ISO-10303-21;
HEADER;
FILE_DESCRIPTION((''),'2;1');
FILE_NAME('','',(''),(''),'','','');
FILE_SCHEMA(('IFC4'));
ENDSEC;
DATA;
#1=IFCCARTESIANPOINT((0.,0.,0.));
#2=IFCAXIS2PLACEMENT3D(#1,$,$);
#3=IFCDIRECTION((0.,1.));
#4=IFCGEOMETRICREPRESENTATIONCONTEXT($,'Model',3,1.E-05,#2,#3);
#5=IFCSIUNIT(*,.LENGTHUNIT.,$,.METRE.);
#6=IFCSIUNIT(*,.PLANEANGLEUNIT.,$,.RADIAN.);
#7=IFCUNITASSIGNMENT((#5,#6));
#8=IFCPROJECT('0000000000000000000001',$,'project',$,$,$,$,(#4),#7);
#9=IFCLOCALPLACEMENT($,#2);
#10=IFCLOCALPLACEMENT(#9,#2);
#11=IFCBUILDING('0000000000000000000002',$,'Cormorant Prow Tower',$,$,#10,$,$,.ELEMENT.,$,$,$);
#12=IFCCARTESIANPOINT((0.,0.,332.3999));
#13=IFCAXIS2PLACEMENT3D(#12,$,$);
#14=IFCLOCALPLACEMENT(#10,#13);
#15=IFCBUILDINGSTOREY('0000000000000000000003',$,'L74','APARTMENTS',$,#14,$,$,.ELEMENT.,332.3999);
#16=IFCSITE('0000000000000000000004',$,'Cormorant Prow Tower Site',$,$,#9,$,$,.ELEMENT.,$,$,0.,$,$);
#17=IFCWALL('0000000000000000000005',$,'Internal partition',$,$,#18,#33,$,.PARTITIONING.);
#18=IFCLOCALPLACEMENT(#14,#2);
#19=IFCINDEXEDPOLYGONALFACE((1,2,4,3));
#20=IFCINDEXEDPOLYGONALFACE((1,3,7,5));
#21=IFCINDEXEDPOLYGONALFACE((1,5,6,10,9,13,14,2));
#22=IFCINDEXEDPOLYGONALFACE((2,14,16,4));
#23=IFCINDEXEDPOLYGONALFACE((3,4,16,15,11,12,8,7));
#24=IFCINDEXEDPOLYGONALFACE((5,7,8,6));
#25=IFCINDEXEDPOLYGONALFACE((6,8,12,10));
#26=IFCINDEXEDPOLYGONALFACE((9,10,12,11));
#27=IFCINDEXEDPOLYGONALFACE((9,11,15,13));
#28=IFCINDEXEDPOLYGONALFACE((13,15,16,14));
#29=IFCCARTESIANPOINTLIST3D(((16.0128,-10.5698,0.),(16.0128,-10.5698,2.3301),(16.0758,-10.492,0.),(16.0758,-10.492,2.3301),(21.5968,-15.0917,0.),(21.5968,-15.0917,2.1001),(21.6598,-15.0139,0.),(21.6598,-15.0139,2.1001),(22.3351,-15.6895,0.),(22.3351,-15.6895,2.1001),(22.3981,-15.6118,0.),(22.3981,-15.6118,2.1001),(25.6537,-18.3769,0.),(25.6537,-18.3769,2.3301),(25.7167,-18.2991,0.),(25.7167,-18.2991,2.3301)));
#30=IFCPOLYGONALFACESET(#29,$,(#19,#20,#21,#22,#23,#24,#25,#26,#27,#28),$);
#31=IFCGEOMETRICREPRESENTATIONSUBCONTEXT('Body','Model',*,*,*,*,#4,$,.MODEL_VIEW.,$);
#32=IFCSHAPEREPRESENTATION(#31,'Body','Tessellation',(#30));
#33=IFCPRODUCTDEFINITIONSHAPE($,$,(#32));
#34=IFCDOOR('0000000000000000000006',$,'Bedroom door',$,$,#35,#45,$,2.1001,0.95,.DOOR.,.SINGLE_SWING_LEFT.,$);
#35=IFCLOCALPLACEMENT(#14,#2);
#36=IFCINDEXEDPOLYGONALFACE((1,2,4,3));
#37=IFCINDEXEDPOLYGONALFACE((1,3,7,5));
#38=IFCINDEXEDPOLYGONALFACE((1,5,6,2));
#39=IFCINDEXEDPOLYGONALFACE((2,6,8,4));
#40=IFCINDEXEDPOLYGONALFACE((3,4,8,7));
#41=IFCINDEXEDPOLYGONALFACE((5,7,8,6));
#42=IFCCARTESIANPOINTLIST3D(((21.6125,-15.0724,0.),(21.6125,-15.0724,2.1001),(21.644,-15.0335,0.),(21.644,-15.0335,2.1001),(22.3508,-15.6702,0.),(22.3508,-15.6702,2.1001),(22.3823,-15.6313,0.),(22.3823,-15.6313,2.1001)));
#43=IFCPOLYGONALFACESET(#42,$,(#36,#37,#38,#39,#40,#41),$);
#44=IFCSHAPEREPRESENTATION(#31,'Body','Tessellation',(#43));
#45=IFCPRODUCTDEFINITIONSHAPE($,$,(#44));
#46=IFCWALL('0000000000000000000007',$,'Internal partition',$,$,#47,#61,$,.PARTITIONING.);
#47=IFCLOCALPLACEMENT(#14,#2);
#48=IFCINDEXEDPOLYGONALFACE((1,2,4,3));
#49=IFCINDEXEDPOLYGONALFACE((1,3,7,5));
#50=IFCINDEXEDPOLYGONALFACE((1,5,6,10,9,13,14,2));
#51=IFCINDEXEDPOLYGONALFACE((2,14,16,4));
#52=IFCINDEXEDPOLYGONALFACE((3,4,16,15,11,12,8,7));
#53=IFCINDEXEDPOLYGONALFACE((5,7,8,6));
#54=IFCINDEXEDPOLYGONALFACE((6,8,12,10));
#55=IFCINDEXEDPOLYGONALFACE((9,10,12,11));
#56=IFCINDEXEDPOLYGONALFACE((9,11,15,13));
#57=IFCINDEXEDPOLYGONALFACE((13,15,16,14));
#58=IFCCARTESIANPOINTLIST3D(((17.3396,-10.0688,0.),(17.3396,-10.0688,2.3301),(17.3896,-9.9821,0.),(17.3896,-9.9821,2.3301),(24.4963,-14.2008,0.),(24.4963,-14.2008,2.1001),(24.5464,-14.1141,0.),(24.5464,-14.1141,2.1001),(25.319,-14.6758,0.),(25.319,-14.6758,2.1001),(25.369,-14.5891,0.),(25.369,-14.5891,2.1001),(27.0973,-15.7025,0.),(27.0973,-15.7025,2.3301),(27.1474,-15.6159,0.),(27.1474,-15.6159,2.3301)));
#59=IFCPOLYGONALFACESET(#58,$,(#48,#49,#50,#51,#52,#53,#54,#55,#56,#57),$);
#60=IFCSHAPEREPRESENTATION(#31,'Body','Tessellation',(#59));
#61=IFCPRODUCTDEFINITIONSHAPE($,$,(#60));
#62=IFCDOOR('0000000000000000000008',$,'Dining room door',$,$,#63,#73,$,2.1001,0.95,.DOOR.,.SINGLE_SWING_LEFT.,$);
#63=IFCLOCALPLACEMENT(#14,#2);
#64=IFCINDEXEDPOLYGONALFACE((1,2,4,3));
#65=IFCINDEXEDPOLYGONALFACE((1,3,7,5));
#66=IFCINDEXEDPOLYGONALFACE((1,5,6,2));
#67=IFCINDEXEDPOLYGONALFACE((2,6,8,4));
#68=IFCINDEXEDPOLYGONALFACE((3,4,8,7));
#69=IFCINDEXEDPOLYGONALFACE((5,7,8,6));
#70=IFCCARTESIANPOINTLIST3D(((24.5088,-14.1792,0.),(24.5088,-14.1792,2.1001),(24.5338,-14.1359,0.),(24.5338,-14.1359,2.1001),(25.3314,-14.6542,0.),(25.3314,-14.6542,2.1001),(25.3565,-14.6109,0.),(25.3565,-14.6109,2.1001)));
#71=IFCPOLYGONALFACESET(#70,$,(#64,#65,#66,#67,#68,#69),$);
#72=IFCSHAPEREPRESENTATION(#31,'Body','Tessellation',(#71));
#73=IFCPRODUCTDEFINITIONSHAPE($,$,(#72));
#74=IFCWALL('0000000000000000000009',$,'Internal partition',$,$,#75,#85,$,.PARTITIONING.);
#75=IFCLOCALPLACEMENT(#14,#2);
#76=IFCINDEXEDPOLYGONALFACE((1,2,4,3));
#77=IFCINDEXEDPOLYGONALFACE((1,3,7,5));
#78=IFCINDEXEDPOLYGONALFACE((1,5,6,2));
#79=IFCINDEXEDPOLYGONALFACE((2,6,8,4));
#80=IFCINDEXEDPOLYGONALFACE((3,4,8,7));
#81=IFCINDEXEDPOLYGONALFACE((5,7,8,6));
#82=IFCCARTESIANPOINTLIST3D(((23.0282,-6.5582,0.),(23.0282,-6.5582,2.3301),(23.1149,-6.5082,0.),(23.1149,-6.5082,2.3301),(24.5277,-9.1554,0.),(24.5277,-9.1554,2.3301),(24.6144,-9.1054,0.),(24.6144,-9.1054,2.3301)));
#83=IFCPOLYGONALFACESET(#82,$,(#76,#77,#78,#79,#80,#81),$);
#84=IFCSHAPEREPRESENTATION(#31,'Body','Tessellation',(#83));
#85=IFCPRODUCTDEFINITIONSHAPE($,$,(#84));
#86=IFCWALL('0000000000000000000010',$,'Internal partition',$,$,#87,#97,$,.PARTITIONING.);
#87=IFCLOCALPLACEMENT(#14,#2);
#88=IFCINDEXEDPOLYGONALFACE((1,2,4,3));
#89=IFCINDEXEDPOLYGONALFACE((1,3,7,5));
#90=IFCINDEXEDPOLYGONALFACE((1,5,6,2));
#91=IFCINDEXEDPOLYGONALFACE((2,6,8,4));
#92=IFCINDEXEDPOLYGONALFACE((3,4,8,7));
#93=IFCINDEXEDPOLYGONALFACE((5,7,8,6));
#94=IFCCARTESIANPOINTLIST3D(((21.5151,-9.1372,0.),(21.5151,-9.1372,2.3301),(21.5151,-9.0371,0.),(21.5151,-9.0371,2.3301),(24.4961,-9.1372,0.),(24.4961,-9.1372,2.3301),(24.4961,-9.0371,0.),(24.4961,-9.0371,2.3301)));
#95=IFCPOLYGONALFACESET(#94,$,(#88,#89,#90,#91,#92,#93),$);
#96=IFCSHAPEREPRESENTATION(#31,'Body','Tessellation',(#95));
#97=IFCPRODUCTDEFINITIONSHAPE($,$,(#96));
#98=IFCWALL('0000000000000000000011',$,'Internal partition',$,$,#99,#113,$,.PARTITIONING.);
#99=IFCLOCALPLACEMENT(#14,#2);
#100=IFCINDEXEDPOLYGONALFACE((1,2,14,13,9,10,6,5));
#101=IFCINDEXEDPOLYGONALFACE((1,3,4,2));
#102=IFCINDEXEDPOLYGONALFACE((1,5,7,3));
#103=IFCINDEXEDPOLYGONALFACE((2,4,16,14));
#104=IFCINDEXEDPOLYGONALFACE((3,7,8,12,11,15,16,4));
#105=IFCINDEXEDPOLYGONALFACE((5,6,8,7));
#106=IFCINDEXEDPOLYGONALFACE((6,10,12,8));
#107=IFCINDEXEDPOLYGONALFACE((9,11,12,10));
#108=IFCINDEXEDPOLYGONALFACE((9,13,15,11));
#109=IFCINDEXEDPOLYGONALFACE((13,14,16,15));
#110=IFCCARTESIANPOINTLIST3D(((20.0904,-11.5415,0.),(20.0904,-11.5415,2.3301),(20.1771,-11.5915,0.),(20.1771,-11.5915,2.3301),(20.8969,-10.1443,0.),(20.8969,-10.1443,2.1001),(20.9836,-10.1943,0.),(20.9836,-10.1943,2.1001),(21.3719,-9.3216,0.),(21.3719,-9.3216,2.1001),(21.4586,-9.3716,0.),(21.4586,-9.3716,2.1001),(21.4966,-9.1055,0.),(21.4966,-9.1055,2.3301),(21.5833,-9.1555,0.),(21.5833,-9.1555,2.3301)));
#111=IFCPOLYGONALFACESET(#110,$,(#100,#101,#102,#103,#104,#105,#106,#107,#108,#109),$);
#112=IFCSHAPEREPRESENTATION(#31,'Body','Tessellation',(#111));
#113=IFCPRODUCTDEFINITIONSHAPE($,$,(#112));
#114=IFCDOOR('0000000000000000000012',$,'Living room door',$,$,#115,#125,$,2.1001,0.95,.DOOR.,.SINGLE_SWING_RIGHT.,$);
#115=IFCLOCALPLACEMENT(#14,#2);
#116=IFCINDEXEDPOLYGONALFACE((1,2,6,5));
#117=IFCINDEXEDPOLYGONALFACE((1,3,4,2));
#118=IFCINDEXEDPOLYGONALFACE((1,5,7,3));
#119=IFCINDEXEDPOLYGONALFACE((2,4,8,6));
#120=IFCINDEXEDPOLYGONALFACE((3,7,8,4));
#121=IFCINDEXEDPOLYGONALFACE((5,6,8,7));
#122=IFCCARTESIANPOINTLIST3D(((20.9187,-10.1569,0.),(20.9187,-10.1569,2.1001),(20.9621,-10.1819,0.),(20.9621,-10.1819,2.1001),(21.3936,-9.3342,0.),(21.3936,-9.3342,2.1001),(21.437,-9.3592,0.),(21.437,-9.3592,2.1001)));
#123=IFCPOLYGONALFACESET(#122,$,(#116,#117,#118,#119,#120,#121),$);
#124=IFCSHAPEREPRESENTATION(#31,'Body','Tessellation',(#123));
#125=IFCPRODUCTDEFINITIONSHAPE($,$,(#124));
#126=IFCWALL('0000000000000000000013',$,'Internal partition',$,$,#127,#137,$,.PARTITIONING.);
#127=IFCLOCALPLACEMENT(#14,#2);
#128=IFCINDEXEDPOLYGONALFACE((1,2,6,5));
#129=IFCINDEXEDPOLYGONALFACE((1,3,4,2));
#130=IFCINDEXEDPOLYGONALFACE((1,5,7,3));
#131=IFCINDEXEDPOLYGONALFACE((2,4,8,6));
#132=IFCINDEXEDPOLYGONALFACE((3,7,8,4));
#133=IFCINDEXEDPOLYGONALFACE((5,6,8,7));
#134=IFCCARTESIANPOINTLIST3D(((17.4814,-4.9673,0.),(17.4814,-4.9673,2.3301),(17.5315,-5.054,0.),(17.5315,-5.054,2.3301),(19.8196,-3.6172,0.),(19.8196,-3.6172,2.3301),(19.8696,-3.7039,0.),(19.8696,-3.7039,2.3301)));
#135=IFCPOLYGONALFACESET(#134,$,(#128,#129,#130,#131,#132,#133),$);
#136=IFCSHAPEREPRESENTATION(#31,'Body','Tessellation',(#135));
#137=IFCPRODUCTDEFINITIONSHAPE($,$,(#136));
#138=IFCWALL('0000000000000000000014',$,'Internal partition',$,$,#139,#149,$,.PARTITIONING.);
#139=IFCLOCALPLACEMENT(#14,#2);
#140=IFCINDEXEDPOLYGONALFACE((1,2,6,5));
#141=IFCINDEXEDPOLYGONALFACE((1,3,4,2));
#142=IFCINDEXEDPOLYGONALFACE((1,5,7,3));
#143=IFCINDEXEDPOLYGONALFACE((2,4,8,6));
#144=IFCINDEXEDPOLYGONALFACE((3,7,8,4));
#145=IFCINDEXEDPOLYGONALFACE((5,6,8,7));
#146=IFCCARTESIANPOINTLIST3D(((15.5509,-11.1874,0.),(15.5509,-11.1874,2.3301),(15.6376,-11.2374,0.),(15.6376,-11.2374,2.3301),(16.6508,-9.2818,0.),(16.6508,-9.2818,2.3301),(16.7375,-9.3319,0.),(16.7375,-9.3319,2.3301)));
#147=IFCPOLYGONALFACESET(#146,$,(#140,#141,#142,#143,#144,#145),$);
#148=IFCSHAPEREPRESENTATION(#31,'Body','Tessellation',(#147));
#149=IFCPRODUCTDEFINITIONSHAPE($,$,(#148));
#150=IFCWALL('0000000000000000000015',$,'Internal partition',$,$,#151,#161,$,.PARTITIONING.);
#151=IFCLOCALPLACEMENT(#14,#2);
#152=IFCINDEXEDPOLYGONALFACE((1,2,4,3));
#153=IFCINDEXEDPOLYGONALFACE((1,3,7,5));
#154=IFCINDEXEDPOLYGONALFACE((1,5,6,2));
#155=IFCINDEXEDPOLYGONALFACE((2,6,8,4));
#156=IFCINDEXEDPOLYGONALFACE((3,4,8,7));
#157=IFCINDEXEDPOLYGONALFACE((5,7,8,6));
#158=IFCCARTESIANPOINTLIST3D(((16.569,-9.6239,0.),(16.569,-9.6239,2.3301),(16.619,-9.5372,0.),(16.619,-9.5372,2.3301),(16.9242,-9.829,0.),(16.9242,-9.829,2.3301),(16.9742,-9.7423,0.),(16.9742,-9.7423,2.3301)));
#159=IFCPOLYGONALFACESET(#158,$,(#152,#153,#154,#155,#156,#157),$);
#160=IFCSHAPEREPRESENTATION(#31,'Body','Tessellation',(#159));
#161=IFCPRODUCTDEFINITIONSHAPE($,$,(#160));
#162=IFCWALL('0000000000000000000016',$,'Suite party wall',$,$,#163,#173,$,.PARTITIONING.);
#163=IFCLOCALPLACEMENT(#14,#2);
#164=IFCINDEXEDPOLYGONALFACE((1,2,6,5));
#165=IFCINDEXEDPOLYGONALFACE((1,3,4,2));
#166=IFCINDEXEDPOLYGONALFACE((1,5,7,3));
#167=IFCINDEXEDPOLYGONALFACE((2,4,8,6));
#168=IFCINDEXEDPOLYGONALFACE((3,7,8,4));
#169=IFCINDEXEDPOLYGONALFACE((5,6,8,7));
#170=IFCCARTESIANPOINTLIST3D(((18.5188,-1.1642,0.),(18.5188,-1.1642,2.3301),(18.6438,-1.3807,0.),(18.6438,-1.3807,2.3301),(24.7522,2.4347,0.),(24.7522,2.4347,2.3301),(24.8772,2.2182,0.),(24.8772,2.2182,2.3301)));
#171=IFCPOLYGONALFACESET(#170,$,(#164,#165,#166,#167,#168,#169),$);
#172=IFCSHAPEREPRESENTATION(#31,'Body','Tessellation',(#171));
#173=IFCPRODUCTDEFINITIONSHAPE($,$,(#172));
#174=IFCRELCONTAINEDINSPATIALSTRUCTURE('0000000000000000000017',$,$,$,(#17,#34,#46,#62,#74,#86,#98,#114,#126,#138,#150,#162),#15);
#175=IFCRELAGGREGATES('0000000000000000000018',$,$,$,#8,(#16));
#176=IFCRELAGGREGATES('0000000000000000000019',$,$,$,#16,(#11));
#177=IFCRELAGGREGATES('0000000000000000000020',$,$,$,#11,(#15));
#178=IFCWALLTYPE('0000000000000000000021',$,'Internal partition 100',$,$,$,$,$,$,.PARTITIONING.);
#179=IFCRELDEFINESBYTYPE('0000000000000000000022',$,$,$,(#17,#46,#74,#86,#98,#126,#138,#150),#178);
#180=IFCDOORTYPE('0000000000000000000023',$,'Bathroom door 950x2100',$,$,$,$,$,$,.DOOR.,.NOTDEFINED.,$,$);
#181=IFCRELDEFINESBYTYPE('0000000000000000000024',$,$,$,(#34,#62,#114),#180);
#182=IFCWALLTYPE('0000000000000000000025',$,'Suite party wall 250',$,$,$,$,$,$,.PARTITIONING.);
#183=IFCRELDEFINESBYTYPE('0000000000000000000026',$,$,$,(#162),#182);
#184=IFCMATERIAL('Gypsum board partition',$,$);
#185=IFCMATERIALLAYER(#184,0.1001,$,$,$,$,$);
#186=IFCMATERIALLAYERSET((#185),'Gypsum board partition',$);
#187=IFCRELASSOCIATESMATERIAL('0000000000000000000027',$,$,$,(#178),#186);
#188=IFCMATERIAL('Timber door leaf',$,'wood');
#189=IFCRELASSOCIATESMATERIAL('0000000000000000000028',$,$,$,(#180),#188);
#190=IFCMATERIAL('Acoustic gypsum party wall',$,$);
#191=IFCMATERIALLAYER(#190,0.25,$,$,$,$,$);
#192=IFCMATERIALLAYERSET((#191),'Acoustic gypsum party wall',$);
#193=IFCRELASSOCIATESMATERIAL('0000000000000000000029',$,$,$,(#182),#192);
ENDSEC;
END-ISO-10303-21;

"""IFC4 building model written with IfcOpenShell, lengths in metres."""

from ifc_helpers import new_model, si_unit, direction, frame, frame_2d, origin, place, context, subcontext, project, spatial, rectangle, extrude, material, layer, layer_set, type_object, element, fill, save


model = new_model("IFC4")

# Units and contexts
model_context = context("Model", 3, precision=1e-05, world=origin(), true_north=direction((0.0, 1.0)))
body_context = subcontext(model_context, "Body", "Model", "MODEL_VIEW")
ifc_project = project(units=[si_unit("LENGTHUNIT", "METRE"), si_unit("PLANEANGLEUNIT", "RADIAN")], contexts=[model_context])

# Site, building, storey
site_placement = place(None, origin())
site = spatial("IfcSite", under=ifc_project, at=site_placement, Name="Cormorant Prow Tower Site", CompositionType="ELEMENT", RefElevation=0.0)
building_placement = place(site_placement, origin())
building = spatial("IfcBuilding", under=site, at=building_placement, Name="Cormorant Prow Tower", CompositionType="ELEMENT")
storey_placement = place(building_placement, frame((0.0, 0.0, 332.3999)))
storey = spatial("IfcBuildingStorey", under=building, at=storey_placement, Name="L74", Description="APARTMENTS", CompositionType="ELEMENT", Elevation=332.3999)

# Walls, openings, doors
ifc_material_1 = material(Name="Gypsum board partition")
ifc_layer_1 = layer(ifc_material_1, 0.1001)
ifc_layer_set_1 = layer_set([ifc_layer_1], Name="Gypsum board partition")
wall_type_1 = type_object("IfcWallType", Name="Internal partition 100", PredefinedType="PARTITIONING", material=ifc_layer_set_1)
wall_1_placement = place(storey_placement, frame((16.0444, -10.531, 0.0), z_axis=(0.0, 0.0, 1.0), x_axis=(0.777142, -0.629326, 0.0)))
wall_1 = element("IfcWall", 1, at=wall_1_placement, inside=storey, type_object=wall_type_1, Name="Internal partition", PredefinedType="PARTITIONING", context=body_context, shape_type="SweptSolid", body=[
    extrude(rectangle(XDim=12.4055, YDim=0.1001, at=frame_2d((6.2026, 0.0))), origin(), (0.0, 0.0, 1.0), 2.3301),
])
opening_1_placement = place(wall_1_placement, frame((7.1851, 0.0, 0.0)))
opening_1 = element("IfcOpeningElement", 2, at=opening_1_placement, cuts=wall_1, PredefinedType="OPENING", context=body_context, shape_type="SweptSolid", body=[
    extrude(rectangle(XDim=0.95, YDim=2.1001, at=frame_2d((0.4751, 1.05))), frame((0.0, 0.0601, 0.0), z_axis=(0.0, -1.0, 0.0), x_axis=(1.0, 0.0, 0.0)), (0.0, 0.0, 1.0), 0.1201),
])
ifc_material_2 = material(Name="Timber door leaf", Category="wood")
door_type_1 = type_object("IfcDoorType", Name="Bathroom door 950x2100", OperationType="NOTDEFINED", PredefinedType="DOOR", material=ifc_material_2)
door_1_placement = place(opening_1_placement, origin())
door_1 = element("IfcDoor", 3, at=door_1_placement, inside=storey, type_object=door_type_1, Name="Bedroom door", OperationType="SINGLE_SWING_LEFT", OverallHeight=2.1001, OverallWidth=0.95, PredefinedType="DOOR", context=body_context, shape_type="SweptSolid", body=[
    extrude(rectangle(XDim=0.95, YDim=2.1001, at=frame_2d((0.4751, 1.05))), frame((0.0, 0.0249, 0.0), z_axis=(0.0, -1.0, 0.0), x_axis=(1.0, 0.0, 0.0)), (0.0, 0.0, 1.0), 0.05),
])
fill(opening_1, door_1)
wall_2_placement = place(storey_placement, frame((17.3645, -10.0254, 0.0), z_axis=(0.0, 0.0, 1.0), x_axis=(0.866021, -0.500008, 0.0)))
wall_2 = element("IfcWall", 4, at=wall_2_placement, inside=storey, type_object=wall_type_1, Name="Internal partition", PredefinedType="PARTITIONING", context=body_context, shape_type="SweptSolid", body=[
    extrude(rectangle(XDim=11.2673, YDim=0.1001, at=frame_2d((5.6338, 0.0))), origin(), (0.0, 0.0, 1.0), 2.3301),
])
opening_2_placement = place(wall_2_placement, frame((8.2639, 0.0, 0.0)))
opening_2 = element("IfcOpeningElement", 5, at=opening_2_placement, cuts=wall_2, PredefinedType="OPENING", context=body_context, shape_type="SweptSolid", body=[
    extrude(rectangle(XDim=0.95, YDim=2.1001, at=frame_2d((0.4751, 1.05))), frame((0.0, 0.0601, 0.0), z_axis=(0.0, -1.0, 0.0), x_axis=(1.0, 0.0, 0.0)), (0.0, 0.0, 1.0), 0.1201),
])
door_2_placement = place(opening_2_placement, origin())
door_2 = element("IfcDoor", 6, at=door_2_placement, inside=storey, type_object=door_type_1, Name="Dining room door", OperationType="SINGLE_SWING_LEFT", OverallHeight=2.1001, OverallWidth=0.95, PredefinedType="DOOR", context=body_context, shape_type="SweptSolid", body=[
    extrude(rectangle(XDim=0.95, YDim=2.1001, at=frame_2d((0.4751, 1.05))), frame((0.0, 0.0249, 0.0), z_axis=(0.0, -1.0, 0.0), x_axis=(1.0, 0.0, 0.0)), (0.0, 0.0, 1.0), 0.05),
])
fill(opening_2, door_2)

# Walls
wall_3_placement = place(storey_placement, frame((23.0715, -6.5332, 0.0), z_axis=(0.0, 0.0, 1.0), x_axis=(0.500009, -0.86602, 0.0)))
element("IfcWall", 7, at=wall_3_placement, inside=storey, type_object=wall_type_1, Name="Internal partition", PredefinedType="PARTITIONING", context=body_context, shape_type="SweptSolid", body=[
    extrude(rectangle(XDim=2.999, YDim=0.1001, at=frame_2d((1.4995, 0.0))), origin(), (0.0, 0.0, 1.0), 2.3301),
])
wall_4_placement = place(storey_placement, frame((21.5151, -9.0872, 0.0), z_axis=(0.0, 0.0, 1.0), x_axis=(1.0, 0.0, 0.0)))
element("IfcWall", 8, at=wall_4_placement, inside=storey, type_object=wall_type_1, Name="Internal partition", PredefinedType="PARTITIONING", context=body_context, shape_type="SweptSolid", body=[
    extrude(rectangle(XDim=2.981, YDim=0.1001, at=frame_2d((1.4905, 0.0))), origin(), (0.0, 0.0, 1.0), 2.3301),
])

# Wall, opening, door
wall_5_placement = place(storey_placement, frame((20.1338, -11.5664, 0.0), z_axis=(0.0, 0.0, 1.0), x_axis=(0.499948, 0.866056, 0.0)))
wall_5 = element("IfcWall", 9, at=wall_5_placement, inside=storey, type_object=wall_type_1, Name="Internal partition", PredefinedType="PARTITIONING", context=body_context, shape_type="SweptSolid", body=[
    extrude(rectangle(XDim=2.8127, YDim=0.1001, at=frame_2d((1.4062, 0.0))), origin(), (0.0, 0.0, 1.0), 2.3301),
])
opening_3_placement = place(wall_5_placement, frame((1.613, 0.0, 0.0)))
opening_3 = element("IfcOpeningElement", 10, at=opening_3_placement, cuts=wall_5, PredefinedType="OPENING", context=body_context, shape_type="SweptSolid", body=[
    extrude(rectangle(XDim=0.95, YDim=2.1001, at=frame_2d((0.4751, 1.05))), frame((0.0, 0.0601, 0.0), z_axis=(0.0, -1.0, 0.0), x_axis=(1.0, 0.0, 0.0)), (0.0, 0.0, 1.0), 0.1201),
])
door_3_placement = place(opening_3_placement, origin())
door_3 = element("IfcDoor", 11, at=door_3_placement, inside=storey, type_object=door_type_1, Name="Living room door", OperationType="SINGLE_SWING_RIGHT", OverallHeight=2.1001, OverallWidth=0.95, PredefinedType="DOOR", context=body_context, shape_type="SweptSolid", body=[
    extrude(rectangle(XDim=0.95, YDim=2.1001, at=frame_2d((0.4751, 1.05))), frame((0.0, 0.0249, 0.0), z_axis=(0.0, -1.0, 0.0), x_axis=(1.0, 0.0, 0.0)), (0.0, 0.0, 1.0), 0.05),
])
fill(opening_3, door_3)

# Walls
wall_6_placement = place(storey_placement, frame((17.5063, -5.0107, 0.0), z_axis=(0.0, 0.0, 1.0), x_axis=(0.865997, 0.500049, 0.0)))
element("IfcWall", 12, at=wall_6_placement, inside=storey, type_object=wall_type_1, Name="Internal partition", PredefinedType="PARTITIONING", context=body_context, shape_type="SweptSolid", body=[
    extrude(rectangle(XDim=2.7, YDim=0.1001, at=frame_2d((1.3501, 0.0))), origin(), (0.0, 0.0, 1.0), 2.3301),
])
wall_7_placement = place(storey_placement, frame((15.5942, -11.2124, 0.0), z_axis=(0.0, 0.0, 1.0), x_axis=(0.499899, 0.866084, 0.0)))
element("IfcWall", 13, at=wall_7_placement, inside=storey, type_object=wall_type_1, Name="Internal partition", PredefinedType="PARTITIONING", context=body_context, shape_type="SweptSolid", body=[
    extrude(rectangle(XDim=2.2002, YDim=0.1001, at=frame_2d((1.1001, 0.0))), origin(), (0.0, 0.0, 1.0), 2.3301),
])
wall_8_placement = place(storey_placement, frame((16.594, -9.5806, 0.0), z_axis=(0.0, 0.0, 1.0), x_axis=(0.866037, -0.49998, 0.0)))
element("IfcWall", 14, at=wall_8_placement, inside=storey, type_object=wall_type_1, Name="Internal partition", PredefinedType="PARTITIONING", context=body_context, shape_type="SweptSolid", body=[
    extrude(rectangle(XDim=0.4102, YDim=0.1001, at=frame_2d((0.2051, 0.0))), origin(), (0.0, 0.0, 1.0), 2.3301),
])
ifc_material_3 = material(Name="Acoustic gypsum party wall")
ifc_layer_2 = layer(ifc_material_3, 0.25)
ifc_layer_set_2 = layer_set([ifc_layer_2], Name="Acoustic gypsum party wall")
wall_type_2 = type_object("IfcWallType", Name="Suite party wall 250", PredefinedType="PARTITIONING", material=ifc_layer_set_2)
wall_9_placement = place(storey_placement, frame((18.5813, -1.2725, 0.0), z_axis=(0.0, 0.0, 1.0), x_axis=(0.866024, 0.500002, 0.0)))
element("IfcWall", 15, at=wall_9_placement, inside=storey, type_object=wall_type_2, Name="Suite party wall", PredefinedType="PARTITIONING", context=body_context, shape_type="SweptSolid", body=[
    extrude(rectangle(XDim=7.1978, YDim=0.25, at=frame_2d((3.5989, 0.0))), origin(), (0.0, 0.0, 1.0), 2.3301),
])

save(model, "model.ifc")
